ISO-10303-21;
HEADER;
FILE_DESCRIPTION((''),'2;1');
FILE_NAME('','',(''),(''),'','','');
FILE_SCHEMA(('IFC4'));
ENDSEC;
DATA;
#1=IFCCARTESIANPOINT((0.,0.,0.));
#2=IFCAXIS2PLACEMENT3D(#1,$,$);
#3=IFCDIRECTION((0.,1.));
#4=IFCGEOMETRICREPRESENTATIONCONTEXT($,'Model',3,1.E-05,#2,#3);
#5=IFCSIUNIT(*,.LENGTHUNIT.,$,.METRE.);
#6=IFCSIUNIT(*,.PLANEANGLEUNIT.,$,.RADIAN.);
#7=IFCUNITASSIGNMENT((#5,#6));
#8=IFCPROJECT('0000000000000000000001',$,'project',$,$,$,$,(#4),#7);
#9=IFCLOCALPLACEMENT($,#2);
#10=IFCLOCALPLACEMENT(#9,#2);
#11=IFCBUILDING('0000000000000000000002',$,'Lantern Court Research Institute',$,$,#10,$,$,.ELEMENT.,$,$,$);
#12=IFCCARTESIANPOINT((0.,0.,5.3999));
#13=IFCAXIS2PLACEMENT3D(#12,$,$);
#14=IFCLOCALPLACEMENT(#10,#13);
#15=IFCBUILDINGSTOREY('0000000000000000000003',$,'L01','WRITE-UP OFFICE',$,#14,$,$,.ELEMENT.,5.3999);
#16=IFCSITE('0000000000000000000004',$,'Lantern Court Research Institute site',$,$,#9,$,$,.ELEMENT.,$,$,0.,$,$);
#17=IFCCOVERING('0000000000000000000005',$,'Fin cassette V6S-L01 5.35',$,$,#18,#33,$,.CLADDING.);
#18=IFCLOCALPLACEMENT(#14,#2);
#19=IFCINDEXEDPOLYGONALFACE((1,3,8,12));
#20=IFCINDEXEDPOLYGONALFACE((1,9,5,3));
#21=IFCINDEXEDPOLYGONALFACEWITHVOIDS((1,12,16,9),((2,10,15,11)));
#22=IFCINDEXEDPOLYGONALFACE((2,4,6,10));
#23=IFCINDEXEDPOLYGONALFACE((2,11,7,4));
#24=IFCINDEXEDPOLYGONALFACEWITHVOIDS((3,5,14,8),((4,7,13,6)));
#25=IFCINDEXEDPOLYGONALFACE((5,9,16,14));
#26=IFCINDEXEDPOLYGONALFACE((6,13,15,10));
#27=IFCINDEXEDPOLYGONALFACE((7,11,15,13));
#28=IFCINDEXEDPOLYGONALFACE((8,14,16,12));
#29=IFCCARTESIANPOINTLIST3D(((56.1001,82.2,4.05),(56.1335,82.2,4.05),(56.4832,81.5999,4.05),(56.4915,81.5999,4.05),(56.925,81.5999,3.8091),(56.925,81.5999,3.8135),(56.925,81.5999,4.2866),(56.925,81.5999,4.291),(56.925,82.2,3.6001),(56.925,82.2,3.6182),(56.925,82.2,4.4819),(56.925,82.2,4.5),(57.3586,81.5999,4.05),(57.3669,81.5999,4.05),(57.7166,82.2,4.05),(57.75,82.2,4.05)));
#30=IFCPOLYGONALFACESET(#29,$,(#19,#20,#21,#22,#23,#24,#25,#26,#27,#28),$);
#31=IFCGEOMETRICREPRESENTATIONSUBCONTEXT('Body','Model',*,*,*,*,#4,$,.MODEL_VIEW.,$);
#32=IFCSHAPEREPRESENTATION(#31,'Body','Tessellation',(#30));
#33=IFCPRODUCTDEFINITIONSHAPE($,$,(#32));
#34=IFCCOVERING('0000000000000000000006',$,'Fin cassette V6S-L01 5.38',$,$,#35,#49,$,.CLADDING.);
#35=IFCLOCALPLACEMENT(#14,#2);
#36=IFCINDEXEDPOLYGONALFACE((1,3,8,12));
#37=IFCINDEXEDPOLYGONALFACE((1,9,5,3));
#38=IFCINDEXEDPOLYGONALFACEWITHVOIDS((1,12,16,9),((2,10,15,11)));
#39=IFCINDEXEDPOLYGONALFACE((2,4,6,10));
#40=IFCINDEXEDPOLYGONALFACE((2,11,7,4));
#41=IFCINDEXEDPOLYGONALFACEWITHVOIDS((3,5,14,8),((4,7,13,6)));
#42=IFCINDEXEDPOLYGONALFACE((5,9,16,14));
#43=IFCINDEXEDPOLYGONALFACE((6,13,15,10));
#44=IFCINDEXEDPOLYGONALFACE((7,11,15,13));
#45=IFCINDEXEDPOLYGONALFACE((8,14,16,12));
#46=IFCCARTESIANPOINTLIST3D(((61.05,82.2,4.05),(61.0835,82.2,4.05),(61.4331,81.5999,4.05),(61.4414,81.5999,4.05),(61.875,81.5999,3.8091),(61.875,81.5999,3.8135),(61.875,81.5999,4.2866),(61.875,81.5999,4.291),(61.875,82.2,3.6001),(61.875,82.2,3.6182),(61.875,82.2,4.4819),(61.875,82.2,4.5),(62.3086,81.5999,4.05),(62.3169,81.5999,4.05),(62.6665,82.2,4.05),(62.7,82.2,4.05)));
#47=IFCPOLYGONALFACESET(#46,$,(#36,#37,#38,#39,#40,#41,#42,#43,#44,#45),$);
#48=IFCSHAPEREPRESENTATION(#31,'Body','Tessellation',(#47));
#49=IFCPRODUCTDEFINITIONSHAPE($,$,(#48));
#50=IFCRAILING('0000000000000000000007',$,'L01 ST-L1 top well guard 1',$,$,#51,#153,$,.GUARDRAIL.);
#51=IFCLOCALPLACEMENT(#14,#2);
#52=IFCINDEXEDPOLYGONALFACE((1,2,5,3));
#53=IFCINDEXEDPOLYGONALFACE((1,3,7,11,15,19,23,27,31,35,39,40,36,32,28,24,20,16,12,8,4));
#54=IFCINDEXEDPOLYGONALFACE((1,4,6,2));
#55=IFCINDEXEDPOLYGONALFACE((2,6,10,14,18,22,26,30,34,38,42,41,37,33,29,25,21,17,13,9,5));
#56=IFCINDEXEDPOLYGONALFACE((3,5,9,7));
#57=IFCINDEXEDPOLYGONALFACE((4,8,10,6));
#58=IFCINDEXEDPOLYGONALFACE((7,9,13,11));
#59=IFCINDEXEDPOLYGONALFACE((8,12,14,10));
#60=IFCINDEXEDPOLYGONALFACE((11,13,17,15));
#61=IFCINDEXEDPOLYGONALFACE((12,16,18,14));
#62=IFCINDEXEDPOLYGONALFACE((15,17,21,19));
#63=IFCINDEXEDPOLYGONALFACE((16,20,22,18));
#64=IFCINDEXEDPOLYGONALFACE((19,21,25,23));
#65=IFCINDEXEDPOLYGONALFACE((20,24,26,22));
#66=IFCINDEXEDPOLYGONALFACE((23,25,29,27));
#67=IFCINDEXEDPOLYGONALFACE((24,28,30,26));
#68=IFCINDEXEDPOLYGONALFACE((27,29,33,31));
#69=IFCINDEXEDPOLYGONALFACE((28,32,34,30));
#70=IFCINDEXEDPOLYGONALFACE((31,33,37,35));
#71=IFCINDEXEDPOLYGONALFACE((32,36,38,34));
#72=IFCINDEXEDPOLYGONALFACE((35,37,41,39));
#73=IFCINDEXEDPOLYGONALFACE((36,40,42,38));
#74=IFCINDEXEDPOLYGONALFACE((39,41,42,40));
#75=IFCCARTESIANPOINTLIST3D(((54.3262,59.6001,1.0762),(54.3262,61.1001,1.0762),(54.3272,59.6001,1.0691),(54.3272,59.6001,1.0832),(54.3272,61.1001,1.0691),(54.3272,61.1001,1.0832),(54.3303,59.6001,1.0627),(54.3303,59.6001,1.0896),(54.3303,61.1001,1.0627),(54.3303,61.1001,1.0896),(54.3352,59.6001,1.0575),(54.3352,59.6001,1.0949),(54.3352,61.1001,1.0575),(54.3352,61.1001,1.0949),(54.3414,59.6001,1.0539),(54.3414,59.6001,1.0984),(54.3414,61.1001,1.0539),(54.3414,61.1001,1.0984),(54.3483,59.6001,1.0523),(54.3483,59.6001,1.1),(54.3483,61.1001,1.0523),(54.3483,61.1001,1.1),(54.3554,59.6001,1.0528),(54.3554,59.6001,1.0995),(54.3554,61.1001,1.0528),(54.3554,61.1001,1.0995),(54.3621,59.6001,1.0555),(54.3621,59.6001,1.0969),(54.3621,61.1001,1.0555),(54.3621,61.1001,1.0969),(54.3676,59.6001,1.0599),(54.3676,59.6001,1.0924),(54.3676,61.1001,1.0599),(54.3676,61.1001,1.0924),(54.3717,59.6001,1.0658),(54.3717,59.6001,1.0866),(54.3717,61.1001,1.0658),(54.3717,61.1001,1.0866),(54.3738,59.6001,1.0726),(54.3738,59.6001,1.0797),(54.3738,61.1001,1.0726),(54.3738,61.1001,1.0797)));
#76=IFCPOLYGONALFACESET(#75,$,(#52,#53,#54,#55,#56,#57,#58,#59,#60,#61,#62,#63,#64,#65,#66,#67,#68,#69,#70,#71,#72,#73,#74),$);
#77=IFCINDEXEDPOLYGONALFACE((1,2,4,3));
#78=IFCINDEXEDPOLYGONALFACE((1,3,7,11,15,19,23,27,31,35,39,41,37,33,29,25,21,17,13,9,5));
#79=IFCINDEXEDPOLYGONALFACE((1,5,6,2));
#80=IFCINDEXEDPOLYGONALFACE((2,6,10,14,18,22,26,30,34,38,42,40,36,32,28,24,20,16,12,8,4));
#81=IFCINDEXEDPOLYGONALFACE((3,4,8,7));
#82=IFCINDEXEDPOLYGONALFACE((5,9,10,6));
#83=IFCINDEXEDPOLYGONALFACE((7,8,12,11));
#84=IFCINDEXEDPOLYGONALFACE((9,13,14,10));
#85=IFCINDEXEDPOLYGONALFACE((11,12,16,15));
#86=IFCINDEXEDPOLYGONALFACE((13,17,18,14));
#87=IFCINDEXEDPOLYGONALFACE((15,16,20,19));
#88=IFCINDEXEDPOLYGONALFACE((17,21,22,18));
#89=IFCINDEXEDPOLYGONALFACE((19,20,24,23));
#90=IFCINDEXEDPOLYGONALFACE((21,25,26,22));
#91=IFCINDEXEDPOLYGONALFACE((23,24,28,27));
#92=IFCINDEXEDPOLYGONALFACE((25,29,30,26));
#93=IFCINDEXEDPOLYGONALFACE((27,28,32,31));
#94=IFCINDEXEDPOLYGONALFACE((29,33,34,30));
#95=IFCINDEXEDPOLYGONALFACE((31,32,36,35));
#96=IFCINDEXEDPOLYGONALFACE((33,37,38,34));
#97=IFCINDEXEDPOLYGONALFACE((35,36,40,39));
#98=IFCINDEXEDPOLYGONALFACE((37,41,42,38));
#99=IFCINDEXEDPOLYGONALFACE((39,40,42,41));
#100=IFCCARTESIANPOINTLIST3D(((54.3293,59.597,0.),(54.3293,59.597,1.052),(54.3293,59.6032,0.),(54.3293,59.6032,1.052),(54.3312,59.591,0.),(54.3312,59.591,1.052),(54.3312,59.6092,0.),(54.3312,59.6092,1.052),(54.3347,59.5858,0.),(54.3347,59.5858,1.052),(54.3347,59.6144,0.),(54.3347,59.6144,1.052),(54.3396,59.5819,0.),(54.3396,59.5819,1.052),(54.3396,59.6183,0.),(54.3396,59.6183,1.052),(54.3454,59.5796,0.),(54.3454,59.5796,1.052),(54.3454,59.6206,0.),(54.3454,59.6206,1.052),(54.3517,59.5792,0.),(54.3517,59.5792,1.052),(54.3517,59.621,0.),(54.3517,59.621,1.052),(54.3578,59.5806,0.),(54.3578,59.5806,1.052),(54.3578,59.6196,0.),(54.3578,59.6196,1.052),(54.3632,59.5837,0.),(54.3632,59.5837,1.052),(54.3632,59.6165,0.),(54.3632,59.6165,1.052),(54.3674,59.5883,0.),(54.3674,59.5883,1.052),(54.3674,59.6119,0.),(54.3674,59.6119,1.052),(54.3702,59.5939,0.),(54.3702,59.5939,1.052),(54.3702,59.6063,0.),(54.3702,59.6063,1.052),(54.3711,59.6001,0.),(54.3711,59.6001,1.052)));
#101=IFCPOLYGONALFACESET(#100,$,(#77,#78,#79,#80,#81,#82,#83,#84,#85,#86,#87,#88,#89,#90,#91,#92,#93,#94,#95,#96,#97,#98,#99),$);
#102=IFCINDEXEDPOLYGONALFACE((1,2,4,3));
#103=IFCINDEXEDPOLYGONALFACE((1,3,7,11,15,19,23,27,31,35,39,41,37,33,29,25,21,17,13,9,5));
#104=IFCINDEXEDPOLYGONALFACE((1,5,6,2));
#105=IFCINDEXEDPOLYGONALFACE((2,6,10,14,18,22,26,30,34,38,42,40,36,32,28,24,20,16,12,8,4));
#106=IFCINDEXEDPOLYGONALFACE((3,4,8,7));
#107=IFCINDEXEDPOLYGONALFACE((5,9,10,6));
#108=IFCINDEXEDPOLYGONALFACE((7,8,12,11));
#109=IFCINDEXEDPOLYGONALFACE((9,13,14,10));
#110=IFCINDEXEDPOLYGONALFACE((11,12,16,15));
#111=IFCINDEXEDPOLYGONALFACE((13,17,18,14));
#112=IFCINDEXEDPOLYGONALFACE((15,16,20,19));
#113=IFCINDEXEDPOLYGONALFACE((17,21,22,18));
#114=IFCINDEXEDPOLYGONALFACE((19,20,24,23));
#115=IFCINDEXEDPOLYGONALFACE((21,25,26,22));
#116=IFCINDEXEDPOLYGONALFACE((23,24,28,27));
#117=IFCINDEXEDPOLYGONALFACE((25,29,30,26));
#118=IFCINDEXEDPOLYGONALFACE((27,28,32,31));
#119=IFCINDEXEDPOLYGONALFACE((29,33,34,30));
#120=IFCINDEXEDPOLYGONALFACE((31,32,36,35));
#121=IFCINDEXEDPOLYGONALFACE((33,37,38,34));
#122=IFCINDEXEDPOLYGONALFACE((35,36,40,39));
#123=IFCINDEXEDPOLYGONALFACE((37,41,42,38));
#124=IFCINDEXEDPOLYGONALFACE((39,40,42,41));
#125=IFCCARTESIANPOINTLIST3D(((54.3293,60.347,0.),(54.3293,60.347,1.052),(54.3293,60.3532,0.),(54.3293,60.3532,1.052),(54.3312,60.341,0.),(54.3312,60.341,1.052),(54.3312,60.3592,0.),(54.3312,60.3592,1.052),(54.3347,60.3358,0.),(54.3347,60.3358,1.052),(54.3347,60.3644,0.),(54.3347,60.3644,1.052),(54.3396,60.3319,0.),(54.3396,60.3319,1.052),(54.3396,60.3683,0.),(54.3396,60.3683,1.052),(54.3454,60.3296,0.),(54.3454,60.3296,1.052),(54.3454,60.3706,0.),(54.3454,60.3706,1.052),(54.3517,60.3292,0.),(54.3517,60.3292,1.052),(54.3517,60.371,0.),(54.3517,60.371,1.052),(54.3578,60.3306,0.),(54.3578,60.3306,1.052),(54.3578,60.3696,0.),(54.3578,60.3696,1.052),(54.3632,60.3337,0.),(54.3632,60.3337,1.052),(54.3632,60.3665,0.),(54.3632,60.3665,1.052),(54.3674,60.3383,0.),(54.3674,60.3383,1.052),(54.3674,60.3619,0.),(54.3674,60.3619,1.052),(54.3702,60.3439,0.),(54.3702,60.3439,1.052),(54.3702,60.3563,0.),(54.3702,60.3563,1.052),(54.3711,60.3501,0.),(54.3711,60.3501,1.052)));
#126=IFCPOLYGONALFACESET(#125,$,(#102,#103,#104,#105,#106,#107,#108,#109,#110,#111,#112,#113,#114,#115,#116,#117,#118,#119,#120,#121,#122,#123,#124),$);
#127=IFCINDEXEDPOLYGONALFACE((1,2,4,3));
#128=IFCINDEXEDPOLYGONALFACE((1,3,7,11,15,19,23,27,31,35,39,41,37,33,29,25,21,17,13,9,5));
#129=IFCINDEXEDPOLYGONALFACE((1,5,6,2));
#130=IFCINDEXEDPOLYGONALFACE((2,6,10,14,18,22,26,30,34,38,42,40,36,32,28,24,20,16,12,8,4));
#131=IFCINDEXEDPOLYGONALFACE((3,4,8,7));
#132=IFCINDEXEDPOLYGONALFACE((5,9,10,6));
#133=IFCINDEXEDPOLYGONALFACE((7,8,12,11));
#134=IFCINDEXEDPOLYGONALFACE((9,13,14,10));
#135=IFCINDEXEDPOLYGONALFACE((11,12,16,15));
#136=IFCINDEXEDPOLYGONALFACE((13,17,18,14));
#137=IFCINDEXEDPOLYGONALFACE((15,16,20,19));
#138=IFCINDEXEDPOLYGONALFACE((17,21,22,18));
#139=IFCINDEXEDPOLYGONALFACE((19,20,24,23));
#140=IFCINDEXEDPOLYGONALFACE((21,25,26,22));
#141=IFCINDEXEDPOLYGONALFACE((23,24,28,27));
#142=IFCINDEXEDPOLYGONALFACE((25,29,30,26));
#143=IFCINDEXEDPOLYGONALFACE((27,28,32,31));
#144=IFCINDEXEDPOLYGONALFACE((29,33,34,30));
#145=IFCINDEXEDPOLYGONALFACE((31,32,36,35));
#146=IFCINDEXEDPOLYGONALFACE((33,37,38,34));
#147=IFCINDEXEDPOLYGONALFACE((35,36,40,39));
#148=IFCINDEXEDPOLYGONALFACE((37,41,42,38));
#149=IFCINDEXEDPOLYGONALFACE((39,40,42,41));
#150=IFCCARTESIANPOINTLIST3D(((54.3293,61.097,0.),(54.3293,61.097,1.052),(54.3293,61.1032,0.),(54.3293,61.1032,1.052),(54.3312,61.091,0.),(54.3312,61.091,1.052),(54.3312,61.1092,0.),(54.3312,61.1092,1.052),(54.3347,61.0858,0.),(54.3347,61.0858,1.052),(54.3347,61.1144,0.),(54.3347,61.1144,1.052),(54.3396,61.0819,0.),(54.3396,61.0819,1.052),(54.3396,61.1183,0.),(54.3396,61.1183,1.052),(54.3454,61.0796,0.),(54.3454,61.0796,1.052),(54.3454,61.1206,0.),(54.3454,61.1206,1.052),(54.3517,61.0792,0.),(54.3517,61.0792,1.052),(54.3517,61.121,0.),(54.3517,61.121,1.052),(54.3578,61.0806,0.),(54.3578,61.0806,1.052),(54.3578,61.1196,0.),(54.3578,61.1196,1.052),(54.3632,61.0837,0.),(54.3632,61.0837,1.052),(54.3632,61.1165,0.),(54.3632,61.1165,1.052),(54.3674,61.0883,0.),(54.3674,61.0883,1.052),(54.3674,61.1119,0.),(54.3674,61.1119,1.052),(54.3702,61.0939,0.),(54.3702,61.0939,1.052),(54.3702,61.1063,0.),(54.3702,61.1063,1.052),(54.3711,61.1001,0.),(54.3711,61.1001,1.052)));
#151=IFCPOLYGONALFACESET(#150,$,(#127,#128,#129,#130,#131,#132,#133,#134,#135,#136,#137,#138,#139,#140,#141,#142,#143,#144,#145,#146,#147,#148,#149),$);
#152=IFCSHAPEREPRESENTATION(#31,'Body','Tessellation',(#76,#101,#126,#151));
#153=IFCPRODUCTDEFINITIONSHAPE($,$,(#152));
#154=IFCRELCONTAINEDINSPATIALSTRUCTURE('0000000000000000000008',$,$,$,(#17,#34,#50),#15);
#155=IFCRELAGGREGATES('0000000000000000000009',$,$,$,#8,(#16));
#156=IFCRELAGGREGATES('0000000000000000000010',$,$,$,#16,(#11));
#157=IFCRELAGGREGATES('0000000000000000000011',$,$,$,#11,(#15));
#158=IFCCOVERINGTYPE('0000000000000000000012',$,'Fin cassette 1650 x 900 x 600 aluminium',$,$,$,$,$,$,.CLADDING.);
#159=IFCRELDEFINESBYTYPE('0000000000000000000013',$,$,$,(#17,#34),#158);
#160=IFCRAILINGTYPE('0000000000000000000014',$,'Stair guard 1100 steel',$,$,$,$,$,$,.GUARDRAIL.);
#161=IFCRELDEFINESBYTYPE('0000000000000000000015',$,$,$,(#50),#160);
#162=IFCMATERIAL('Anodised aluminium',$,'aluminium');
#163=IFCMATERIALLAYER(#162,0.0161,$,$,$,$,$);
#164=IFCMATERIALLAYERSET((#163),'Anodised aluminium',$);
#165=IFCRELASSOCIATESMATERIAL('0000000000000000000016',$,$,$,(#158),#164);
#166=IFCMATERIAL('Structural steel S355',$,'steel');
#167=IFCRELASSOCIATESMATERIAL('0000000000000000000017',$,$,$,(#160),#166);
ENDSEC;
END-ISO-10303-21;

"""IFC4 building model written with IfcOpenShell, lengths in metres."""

from ifc_helpers import new_model, entity, si_unit, direction, frame, origin, origin_2d, place, context, subcontext, project, spatial, circle, extrude, material, layer, layer_set, type_object, element, save


model = new_model("IFC4")

# Units and contexts
model_context = context("Model", 3, precision=1e-05, world=origin(), true_north=direction((0.0, 1.0)))
body_context = subcontext(model_context, "Body", "Model", "MODEL_VIEW")
ifc_project = project(units=[si_unit("LENGTHUNIT", "METRE"), si_unit("PLANEANGLEUNIT", "RADIAN")], contexts=[model_context])

# Site, building, storey
site_placement = place(None, origin())
site = spatial("IfcSite", under=ifc_project, at=site_placement, Name="Lantern Court Research Institute site", CompositionType="ELEMENT", RefElevation=0.0)
building_placement = place(site_placement, origin())
building = spatial("IfcBuilding", under=site, at=building_placement, Name="Lantern Court Research Institute", CompositionType="ELEMENT")
storey_placement = place(building_placement, frame((0.0, 0.0, 5.3999)))
storey = spatial("IfcBuildingStorey", under=building, at=storey_placement, Name="L01", Description="WRITE-UP OFFICE", CompositionType="ELEMENT", Elevation=5.3999)

# Coverings
ifc_material_1 = material(Name="Anodised aluminium", Category="aluminium")
ifc_layer_1 = layer(ifc_material_1, 0.0161)
ifc_layer_set_1 = layer_set([ifc_layer_1], Name="Anodised aluminium")
covering_type_1 = type_object("IfcCoveringType", Name="Fin cassette 1650 x 900 x 600 aluminium", PredefinedType="CLADDING", material=ifc_layer_set_1)
covering_1_placement = place(storey_placement, frame((56.925, 82.2, 4.05), z_axis=(0.0, -1.0, 0.0), x_axis=(1.0, 0.0, 0.0)))
cartesian_point_1 = entity("IfcCartesianPoint", [0.825, 0.0])
cartesian_point_2 = entity("IfcCartesianPoint", [0.7915, 0.0])
cartesian_point_3 = entity("IfcCartesianPoint", [0.4419, 0.0])
cartesian_point_4 = entity("IfcCartesianPoint", [0.4336, 0.0])
element("IfcCovering", 1, at=covering_1_placement, inside=storey, type_object=covering_type_1, Name="Fin cassette V6S-L01 5.35", PredefinedType="CLADDING", context=body_context, shape_type="SweptSolid", body=[
    entity("IfcExtrudedAreaSolidTapered", entity("IfcArbitraryProfileDefWithVoids", "AREA", None, entity("IfcPolyline", [cartesian_point_1, entity("IfcCartesianPoint", [0.0, 0.45]), entity("IfcCartesianPoint", [-0.825, 0.0]), entity("IfcCartesianPoint", [0.0, -0.45]), cartesian_point_1]), [entity("IfcPolyline", [cartesian_point_2, entity("IfcCartesianPoint", [0.0, 0.4319]), entity("IfcCartesianPoint", [-0.7915, 0.0]), entity("IfcCartesianPoint", [0.0, -0.4319]), cartesian_point_2])]), entity("IfcAxis2Placement3D", entity("IfcCartesianPoint", [0.0, 0.0, 0.0])), entity("IfcDirection", [0.0, 0.0, 1.0]), 0.6001, entity("IfcArbitraryProfileDefWithVoids", "AREA", None, entity("IfcPolyline", [cartesian_point_3, entity("IfcCartesianPoint", [0.0, 0.241]), entity("IfcCartesianPoint", [-0.4419, 0.0]), entity("IfcCartesianPoint", [0.0, -0.241]), cartesian_point_3]), [entity("IfcPolyline", [cartesian_point_4, entity("IfcCartesianPoint", [0.0, 0.2366]), entity("IfcCartesianPoint", [-0.4336, 0.0]), entity("IfcCartesianPoint", [0.0, -0.2366]), cartesian_point_4])])),
])
covering_2_placement = place(storey_placement, frame((61.875, 82.2, 4.05), z_axis=(0.0, -1.0, 0.0), x_axis=(1.0, 0.0, 0.0)))
cartesian_point_5 = entity("IfcCartesianPoint", [0.825, 0.0])
cartesian_point_6 = entity("IfcCartesianPoint", [0.7915, 0.0])
cartesian_point_7 = entity("IfcCartesianPoint", [0.4419, 0.0])
cartesian_point_8 = entity("IfcCartesianPoint", [0.4336, 0.0])
element("IfcCovering", 2, at=covering_2_placement, inside=storey, type_object=covering_type_1, Name="Fin cassette V6S-L01 5.38", PredefinedType="CLADDING", context=body_context, shape_type="SweptSolid", body=[
    entity("IfcExtrudedAreaSolidTapered", entity("IfcArbitraryProfileDefWithVoids", "AREA", None, entity("IfcPolyline", [cartesian_point_5, entity("IfcCartesianPoint", [0.0, 0.45]), entity("IfcCartesianPoint", [-0.825, 0.0]), entity("IfcCartesianPoint", [0.0, -0.45]), cartesian_point_5]), [entity("IfcPolyline", [cartesian_point_6, entity("IfcCartesianPoint", [0.0, 0.4319]), entity("IfcCartesianPoint", [-0.7915, 0.0]), entity("IfcCartesianPoint", [0.0, -0.4319]), cartesian_point_6])]), entity("IfcAxis2Placement3D", entity("IfcCartesianPoint", [0.0, 0.0, 0.0])), entity("IfcDirection", [0.0, 0.0, 1.0]), 0.6001, entity("IfcArbitraryProfileDefWithVoids", "AREA", None, entity("IfcPolyline", [cartesian_point_7, entity("IfcCartesianPoint", [0.0, 0.241]), entity("IfcCartesianPoint", [-0.4419, 0.0]), entity("IfcCartesianPoint", [0.0, -0.241]), cartesian_point_7]), [entity("IfcPolyline", [cartesian_point_8, entity("IfcCartesianPoint", [0.0, 0.2366]), entity("IfcCartesianPoint", [-0.4336, 0.0]), entity("IfcCartesianPoint", [0.0, -0.2366]), cartesian_point_8])])),
])

# Railing
ifc_material_2 = material(Name="Structural steel S355", Category="steel")
railing_type = type_object("IfcRailingType", Name="Stair guard 1100 steel", PredefinedType="GUARDRAIL", material=ifc_material_2)
railing_placement = place(storey_placement, frame((54.3501, 59.6001, 0.0)))
element("IfcRailing", 3, at=railing_placement, inside=storey, type_object=railing_type, Name="L01 ST-L1 top well guard 1", PredefinedType="GUARDRAIL", context=body_context, shape_type="SweptSolid", body=[
    extrude(circle(Radius=0.0239, at=origin_2d()), frame((0.0, 0.0, 1.0762), z_axis=(0.0, 1.0, 0.0), x_axis=(-1.0, 0.0, 0.0)), (0.0, 0.0, 1.0), 1.5),
    extrude(circle(Radius=0.021, at=origin_2d()), origin(), (0.0, 0.0, 1.0), 1.052),
    extrude(circle(Radius=0.021, at=origin_2d()), frame((0.0, 0.75, 0.0)), (0.0, 0.0, 1.0), 1.052),
    extrude(circle(Radius=0.021, at=origin_2d()), frame((0.0, 1.5, 0.0)), (0.0, 0.0, 1.0), 1.052),
])

save(model, "model.ifc")
